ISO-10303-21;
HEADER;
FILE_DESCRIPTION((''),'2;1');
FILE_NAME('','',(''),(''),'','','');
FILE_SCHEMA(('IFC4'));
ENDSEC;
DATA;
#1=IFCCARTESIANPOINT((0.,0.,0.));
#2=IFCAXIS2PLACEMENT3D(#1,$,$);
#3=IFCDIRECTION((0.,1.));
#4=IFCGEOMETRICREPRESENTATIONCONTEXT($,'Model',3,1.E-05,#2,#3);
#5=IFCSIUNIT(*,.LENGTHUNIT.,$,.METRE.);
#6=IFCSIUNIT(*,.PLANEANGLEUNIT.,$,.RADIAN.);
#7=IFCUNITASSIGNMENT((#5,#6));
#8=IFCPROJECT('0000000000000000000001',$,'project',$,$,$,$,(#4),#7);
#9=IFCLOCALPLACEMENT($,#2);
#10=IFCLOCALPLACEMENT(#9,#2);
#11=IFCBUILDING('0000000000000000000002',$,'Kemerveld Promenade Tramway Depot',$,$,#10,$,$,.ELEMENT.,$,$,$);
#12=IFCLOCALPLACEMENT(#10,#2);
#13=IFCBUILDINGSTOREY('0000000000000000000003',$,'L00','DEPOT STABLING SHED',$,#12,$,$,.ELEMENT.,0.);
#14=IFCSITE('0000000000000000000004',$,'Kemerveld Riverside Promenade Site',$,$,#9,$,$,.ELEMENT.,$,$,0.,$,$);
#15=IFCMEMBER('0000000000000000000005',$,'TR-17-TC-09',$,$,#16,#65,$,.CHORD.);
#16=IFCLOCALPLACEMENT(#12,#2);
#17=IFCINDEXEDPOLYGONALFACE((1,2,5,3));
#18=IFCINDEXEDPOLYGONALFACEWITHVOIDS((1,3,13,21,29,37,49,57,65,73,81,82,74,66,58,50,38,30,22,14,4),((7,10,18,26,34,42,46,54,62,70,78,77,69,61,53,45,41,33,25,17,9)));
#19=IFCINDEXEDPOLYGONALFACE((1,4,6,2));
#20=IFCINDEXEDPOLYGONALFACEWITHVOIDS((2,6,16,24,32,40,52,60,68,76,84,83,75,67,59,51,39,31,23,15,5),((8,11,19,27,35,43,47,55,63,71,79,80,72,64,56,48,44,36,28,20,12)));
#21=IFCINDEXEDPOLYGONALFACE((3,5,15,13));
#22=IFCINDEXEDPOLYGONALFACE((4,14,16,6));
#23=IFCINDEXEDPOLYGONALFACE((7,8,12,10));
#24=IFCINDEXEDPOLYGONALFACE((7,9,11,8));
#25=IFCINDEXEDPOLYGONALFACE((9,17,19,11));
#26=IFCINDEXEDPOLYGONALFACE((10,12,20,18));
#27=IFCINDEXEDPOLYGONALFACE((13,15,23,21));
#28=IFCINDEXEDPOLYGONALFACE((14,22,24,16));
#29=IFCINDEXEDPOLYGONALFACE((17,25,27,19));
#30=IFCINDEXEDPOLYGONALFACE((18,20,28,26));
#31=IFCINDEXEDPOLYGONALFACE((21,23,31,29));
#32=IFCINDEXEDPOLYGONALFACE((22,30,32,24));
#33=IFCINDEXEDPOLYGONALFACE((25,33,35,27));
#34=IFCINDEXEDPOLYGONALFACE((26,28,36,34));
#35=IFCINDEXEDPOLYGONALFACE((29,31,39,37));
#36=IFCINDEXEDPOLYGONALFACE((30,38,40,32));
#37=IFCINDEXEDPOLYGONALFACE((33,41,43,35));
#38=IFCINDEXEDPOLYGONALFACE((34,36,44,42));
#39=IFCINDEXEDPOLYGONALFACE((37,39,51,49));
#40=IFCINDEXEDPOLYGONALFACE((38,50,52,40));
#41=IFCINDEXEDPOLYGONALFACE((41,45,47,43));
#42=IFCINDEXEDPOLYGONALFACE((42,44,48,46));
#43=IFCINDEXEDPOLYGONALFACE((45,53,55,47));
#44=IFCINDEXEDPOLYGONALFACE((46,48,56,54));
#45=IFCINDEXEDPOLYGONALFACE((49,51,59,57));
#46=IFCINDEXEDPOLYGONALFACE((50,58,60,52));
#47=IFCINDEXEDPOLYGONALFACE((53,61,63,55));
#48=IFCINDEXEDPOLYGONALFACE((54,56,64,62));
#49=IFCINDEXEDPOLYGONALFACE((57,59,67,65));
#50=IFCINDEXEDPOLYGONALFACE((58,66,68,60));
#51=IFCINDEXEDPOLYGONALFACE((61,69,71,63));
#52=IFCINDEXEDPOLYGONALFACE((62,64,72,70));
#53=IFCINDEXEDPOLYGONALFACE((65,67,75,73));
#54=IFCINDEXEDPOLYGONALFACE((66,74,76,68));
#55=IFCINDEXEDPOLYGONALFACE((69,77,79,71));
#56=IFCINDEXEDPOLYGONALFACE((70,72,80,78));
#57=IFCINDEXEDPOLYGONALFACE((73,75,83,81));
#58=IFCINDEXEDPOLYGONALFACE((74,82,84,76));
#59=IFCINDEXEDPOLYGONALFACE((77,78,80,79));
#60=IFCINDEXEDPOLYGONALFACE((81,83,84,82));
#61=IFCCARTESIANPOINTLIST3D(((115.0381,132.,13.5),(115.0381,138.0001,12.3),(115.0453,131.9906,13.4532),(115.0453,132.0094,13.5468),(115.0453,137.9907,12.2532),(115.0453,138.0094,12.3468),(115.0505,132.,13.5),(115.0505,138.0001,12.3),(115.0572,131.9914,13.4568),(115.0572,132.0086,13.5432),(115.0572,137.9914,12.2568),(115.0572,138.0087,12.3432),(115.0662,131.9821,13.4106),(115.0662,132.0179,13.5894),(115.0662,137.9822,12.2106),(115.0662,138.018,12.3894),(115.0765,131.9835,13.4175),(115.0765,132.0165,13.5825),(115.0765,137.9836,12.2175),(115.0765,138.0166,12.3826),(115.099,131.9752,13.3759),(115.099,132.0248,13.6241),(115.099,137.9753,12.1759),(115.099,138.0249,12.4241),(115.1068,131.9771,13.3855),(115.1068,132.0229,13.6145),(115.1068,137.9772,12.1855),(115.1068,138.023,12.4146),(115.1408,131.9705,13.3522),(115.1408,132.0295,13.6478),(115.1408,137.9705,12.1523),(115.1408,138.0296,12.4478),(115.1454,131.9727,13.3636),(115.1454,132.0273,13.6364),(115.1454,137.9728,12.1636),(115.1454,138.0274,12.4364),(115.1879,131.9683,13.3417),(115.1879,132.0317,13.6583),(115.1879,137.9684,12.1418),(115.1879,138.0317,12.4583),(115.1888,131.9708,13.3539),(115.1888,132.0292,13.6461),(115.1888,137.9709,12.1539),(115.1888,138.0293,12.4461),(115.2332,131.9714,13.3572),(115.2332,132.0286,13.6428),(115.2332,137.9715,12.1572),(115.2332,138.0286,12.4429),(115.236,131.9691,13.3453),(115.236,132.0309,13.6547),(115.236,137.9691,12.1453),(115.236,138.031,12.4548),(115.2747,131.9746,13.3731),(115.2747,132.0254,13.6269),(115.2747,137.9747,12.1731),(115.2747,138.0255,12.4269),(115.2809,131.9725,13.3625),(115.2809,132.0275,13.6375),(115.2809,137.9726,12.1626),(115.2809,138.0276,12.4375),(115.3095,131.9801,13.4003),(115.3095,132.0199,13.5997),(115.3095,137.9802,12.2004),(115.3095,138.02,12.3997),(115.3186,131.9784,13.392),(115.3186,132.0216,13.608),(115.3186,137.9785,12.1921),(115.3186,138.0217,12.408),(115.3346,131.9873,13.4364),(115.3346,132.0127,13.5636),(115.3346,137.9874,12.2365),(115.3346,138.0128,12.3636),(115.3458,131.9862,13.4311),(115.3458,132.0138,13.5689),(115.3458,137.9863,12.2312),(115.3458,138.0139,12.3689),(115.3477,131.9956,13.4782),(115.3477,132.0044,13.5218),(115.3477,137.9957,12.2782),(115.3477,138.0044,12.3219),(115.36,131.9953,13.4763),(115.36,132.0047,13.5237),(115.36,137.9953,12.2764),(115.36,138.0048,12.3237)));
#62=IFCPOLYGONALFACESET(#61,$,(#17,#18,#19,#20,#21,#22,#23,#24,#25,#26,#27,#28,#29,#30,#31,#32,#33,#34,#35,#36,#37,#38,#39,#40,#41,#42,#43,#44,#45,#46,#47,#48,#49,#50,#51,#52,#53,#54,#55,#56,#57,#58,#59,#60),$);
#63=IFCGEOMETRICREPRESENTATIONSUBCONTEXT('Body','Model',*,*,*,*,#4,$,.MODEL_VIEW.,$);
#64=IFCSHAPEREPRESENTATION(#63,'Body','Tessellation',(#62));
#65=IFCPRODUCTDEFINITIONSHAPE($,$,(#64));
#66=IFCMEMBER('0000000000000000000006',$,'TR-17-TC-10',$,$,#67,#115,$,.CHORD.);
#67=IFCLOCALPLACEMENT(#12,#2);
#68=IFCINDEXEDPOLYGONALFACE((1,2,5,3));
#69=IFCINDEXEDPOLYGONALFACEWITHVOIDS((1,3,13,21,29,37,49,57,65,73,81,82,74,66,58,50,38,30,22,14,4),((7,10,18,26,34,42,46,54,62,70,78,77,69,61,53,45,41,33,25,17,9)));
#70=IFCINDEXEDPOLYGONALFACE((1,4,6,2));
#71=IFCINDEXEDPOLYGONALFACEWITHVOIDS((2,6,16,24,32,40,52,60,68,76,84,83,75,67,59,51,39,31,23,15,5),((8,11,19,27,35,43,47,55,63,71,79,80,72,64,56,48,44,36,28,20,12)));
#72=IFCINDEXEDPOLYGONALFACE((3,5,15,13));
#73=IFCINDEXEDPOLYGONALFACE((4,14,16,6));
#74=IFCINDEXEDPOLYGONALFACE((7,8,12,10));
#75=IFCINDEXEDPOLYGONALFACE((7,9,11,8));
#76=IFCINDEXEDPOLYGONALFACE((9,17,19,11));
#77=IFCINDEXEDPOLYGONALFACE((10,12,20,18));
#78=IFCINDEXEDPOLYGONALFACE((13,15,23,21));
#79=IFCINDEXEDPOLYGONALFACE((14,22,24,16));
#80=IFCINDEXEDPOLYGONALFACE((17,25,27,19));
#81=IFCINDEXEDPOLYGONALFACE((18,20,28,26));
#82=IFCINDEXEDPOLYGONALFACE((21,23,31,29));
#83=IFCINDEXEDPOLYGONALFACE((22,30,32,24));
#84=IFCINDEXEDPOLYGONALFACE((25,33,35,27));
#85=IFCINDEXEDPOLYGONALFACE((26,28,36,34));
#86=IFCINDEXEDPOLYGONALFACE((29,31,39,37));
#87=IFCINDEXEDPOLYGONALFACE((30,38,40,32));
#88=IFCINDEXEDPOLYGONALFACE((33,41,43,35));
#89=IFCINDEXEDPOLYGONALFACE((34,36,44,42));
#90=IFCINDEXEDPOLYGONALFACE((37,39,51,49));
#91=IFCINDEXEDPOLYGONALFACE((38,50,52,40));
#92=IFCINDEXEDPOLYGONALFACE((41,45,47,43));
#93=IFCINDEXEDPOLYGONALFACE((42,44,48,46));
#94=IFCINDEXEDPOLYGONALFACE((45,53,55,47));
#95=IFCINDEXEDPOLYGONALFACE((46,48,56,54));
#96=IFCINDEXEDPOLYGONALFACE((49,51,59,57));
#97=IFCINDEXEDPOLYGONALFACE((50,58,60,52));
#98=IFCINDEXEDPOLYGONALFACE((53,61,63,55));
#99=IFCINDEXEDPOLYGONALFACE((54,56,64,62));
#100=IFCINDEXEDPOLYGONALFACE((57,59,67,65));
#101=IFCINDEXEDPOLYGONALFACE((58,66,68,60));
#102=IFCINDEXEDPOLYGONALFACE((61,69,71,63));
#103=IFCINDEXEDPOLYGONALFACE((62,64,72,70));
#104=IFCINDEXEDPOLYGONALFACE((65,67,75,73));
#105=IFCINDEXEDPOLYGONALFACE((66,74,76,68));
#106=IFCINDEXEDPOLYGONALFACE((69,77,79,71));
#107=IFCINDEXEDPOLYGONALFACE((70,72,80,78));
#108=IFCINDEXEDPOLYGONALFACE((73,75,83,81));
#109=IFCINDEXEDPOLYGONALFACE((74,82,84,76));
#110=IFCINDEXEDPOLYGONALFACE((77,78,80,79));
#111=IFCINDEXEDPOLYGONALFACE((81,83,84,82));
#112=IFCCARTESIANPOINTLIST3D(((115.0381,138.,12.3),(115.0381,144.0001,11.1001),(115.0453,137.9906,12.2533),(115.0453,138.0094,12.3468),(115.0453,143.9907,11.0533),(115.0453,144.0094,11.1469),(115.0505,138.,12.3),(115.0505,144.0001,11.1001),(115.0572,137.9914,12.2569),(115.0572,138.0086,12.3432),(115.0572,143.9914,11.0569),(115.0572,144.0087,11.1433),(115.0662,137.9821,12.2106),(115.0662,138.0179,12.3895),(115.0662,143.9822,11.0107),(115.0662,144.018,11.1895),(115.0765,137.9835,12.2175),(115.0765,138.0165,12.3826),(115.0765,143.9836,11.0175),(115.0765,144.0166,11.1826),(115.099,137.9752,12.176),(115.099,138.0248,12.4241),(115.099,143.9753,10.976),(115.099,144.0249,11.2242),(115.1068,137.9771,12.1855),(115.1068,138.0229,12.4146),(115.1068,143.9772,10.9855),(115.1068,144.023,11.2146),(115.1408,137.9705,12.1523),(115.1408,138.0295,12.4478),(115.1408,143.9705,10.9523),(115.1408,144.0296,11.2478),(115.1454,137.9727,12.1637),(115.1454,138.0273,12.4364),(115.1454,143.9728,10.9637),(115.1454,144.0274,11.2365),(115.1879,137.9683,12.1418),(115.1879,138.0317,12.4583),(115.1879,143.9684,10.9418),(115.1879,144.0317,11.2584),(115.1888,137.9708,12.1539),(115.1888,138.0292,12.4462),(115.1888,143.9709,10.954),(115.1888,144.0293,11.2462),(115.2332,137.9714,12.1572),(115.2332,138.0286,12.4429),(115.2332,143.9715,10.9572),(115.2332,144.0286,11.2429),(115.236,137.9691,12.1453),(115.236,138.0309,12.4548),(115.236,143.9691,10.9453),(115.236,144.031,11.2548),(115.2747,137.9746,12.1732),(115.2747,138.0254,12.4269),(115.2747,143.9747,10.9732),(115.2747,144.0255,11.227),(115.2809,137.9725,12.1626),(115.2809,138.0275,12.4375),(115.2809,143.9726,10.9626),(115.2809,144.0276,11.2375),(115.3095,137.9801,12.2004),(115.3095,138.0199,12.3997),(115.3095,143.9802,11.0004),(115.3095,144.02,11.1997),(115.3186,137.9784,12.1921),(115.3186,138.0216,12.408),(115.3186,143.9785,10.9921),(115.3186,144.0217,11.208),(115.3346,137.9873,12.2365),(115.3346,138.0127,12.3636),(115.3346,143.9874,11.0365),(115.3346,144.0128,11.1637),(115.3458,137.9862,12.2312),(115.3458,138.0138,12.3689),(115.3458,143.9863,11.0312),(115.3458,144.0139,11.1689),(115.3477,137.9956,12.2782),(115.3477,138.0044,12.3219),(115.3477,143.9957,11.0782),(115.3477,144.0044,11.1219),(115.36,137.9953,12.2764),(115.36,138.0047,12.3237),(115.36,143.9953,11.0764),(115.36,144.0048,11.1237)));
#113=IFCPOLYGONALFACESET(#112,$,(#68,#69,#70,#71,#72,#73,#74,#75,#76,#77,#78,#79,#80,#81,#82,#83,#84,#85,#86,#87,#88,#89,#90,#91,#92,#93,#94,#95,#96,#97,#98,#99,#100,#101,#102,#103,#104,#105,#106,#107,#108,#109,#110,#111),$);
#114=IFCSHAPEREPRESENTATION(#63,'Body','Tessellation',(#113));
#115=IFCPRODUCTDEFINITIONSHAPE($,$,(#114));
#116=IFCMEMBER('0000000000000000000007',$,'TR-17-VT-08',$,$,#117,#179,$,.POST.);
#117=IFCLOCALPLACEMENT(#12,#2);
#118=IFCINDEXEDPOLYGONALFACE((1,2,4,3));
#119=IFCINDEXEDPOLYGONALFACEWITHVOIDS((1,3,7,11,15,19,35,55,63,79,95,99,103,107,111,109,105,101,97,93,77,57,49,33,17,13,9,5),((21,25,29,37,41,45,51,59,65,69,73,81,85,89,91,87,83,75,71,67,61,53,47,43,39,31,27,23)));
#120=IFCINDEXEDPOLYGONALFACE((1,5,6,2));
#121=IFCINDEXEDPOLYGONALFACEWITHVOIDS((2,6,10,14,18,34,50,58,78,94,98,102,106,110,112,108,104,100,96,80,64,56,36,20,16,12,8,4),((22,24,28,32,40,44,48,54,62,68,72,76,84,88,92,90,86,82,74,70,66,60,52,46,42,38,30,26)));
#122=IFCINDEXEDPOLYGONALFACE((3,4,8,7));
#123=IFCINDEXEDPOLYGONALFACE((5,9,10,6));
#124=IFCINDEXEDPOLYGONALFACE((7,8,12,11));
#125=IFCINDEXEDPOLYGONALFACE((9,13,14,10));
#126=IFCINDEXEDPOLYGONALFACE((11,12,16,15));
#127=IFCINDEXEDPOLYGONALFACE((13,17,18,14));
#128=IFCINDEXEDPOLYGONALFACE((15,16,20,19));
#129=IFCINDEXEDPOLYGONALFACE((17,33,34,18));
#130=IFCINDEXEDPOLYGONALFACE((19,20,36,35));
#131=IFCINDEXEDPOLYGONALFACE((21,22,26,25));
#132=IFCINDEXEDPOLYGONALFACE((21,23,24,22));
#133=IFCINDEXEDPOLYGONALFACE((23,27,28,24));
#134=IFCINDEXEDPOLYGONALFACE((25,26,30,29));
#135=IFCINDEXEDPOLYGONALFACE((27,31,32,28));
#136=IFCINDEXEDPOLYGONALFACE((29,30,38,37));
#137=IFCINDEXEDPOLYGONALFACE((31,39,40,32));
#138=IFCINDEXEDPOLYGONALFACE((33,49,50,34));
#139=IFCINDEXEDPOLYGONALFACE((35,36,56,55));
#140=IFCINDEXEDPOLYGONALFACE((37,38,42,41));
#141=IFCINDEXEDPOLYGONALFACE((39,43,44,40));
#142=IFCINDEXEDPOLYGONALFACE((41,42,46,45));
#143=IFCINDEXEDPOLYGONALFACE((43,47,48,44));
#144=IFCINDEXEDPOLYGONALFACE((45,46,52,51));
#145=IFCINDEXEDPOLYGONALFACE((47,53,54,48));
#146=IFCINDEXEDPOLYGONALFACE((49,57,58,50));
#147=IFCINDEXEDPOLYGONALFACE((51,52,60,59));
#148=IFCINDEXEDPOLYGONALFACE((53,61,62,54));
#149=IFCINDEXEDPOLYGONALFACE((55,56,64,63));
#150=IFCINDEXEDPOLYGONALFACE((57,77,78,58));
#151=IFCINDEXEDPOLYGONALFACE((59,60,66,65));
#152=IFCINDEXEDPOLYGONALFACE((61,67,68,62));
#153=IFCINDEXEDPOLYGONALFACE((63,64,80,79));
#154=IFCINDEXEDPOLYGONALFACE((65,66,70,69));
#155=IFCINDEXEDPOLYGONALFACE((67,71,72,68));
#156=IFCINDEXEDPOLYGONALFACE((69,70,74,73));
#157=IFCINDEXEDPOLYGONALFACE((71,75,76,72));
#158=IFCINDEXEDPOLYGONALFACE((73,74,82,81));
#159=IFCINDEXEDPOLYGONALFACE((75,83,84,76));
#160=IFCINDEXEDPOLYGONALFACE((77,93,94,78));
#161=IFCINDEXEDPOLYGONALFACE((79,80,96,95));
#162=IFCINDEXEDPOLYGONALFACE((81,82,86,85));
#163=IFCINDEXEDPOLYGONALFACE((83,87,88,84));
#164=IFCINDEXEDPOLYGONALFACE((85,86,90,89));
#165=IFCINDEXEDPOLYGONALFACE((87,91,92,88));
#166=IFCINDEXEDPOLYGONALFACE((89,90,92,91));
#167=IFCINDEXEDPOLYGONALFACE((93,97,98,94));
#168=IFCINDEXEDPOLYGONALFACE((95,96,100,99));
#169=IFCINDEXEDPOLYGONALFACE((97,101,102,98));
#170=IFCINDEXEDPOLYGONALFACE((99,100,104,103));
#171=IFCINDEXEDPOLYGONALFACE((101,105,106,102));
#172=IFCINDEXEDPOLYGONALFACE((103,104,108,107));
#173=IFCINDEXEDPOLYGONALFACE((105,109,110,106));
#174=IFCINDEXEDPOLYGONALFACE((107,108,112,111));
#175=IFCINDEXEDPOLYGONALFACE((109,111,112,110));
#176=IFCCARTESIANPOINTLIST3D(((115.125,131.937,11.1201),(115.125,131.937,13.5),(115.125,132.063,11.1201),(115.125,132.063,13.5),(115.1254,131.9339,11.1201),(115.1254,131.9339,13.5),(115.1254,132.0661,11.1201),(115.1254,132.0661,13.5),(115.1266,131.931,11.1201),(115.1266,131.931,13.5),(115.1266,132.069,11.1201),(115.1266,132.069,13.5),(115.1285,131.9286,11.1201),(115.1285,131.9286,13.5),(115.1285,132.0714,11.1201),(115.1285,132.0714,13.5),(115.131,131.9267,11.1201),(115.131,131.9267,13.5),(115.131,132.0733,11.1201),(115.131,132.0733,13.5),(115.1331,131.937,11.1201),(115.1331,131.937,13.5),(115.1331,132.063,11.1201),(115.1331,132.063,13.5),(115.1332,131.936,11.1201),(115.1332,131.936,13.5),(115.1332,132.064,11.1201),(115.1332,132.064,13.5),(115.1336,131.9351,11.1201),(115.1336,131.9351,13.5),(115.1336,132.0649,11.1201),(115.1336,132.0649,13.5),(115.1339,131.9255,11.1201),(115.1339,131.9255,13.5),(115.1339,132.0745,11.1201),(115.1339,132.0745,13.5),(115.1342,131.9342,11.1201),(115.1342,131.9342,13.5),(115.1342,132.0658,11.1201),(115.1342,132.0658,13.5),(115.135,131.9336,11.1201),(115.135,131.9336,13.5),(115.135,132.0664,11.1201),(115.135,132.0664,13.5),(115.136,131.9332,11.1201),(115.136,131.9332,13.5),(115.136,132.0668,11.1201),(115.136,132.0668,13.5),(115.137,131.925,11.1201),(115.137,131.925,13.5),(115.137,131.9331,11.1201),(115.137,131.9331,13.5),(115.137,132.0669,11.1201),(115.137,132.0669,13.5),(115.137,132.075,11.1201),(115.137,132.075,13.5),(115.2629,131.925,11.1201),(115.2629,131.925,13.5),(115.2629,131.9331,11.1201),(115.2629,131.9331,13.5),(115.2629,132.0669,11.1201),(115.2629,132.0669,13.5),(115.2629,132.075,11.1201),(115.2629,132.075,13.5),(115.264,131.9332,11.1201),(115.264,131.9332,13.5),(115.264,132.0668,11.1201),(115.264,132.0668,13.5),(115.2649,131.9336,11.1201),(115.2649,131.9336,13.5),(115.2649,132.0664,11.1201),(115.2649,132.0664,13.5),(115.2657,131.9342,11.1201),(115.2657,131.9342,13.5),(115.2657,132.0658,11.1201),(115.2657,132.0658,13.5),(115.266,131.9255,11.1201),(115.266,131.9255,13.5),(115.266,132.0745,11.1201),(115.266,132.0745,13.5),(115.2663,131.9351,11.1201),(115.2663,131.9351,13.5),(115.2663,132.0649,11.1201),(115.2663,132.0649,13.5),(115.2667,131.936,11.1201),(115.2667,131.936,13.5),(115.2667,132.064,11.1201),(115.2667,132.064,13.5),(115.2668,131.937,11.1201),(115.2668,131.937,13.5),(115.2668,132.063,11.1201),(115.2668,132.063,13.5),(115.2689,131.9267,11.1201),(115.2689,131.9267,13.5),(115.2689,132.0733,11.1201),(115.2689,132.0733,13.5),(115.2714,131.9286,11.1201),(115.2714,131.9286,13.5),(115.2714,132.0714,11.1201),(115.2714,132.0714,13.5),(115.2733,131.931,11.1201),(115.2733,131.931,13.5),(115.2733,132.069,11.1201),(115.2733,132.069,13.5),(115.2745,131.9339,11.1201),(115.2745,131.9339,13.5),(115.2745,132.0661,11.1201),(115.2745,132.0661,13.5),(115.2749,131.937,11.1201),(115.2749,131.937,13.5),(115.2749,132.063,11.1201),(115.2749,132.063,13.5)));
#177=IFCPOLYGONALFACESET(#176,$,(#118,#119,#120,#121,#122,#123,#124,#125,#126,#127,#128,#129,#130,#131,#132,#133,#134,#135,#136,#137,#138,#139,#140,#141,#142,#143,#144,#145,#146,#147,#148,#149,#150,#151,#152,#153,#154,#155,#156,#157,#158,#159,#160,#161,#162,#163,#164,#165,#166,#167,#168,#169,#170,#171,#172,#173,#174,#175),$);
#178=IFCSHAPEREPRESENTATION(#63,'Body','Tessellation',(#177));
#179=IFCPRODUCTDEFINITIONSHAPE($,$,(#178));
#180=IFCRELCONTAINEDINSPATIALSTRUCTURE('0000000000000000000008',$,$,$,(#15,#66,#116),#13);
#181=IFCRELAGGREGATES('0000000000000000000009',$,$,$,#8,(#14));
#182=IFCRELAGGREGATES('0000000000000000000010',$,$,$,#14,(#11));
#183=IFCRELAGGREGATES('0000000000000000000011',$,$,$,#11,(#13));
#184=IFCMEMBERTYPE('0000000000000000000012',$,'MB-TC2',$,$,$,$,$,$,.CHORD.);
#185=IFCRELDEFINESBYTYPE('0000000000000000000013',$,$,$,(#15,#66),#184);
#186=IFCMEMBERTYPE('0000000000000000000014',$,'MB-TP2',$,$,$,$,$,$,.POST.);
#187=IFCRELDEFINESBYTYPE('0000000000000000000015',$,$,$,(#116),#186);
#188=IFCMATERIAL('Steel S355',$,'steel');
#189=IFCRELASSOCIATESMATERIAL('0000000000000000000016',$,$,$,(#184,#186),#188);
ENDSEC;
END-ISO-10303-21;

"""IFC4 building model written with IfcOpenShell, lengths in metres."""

from ifc_helpers import new_model, si_unit, direction, frame, origin, origin_2d, place, context, subcontext, project, spatial, hollow_rectangle, hollow_circle, extrude, material, material_profile, profile_set, type_object, element, save


model = new_model("IFC4")

# Units and contexts
model_context = context("Model", 3, precision=1e-05, world=origin(), true_north=direction((0.0, 1.0)))
body_context = subcontext(model_context, "Body", "Model", "MODEL_VIEW")
ifc_project = project(units=[si_unit("LENGTHUNIT", "METRE"), si_unit("PLANEANGLEUNIT", "RADIAN")], contexts=[model_context])

# Site, building, storey
site_placement = place(None, origin())
site = spatial("IfcSite", under=ifc_project, at=site_placement, Name="Kemerveld Riverside Promenade Site", CompositionType="ELEMENT", RefElevation=0.0)
building_placement = place(site_placement, origin())
building = spatial("IfcBuilding", under=site, at=building_placement, Name="Kemerveld Promenade Tramway Depot", CompositionType="ELEMENT")
storey_placement = place(building_placement, origin())
storey = spatial("IfcBuildingStorey", under=building, at=storey_placement, Name="L00", Description="DEPOT STABLING SHED", CompositionType="ELEMENT", Elevation=0.0)

# Shared definitions
ifc_material_1 = material(Name="Steel S355", Category="steel")

# Members
ifc_material_profile_1 = material_profile(ifc_material_1, hollow_circle(Radius=0.1619, WallThickness=0.0125, at=origin_2d()), Name="323.9x12.5 CHS")
ifc_profile_set_1 = profile_set([ifc_material_profile_1], Name="Steel S355")
member_type_1 = type_object("IfcMemberType", Name="MB-TC2", PredefinedType="CHORD", material=ifc_profile_set_1)
for number, where, z_axis, x_axis, name in (
    (1, (115.2, 132.0, 13.5), (0.0, 0.980582, -0.196108), (-1.0, 0.0, 0.0), "TR-17-TC-09"),
    (2, (115.2, 138.0, 12.3), (0.0, 0.980582, -0.196108), (-1.0, 0.0, 0.0), "TR-17-TC-10"),
):
    element("IfcMember", number, at=place(storey_placement, frame(where, z_axis=z_axis, x_axis=x_axis)), inside=storey, type_object=member_type_1, Name=name, PredefinedType="CHORD", context=body_context, shape_type="SweptSolid", body=[
        extrude(hollow_circle(Radius=0.1619, WallThickness=0.0125, at=origin_2d()), origin(), (0.0, 0.0, 1.0), 6.1189),
    ])
ifc_material_profile_2 = material_profile(ifc_material_1, hollow_rectangle(XDim=0.1499, YDim=0.1499, WallThickness=0.0081, InnerFilletRadius=0.0039, OuterFilletRadius=0.012, at=origin_2d()), Name="150x150x8.0 SHS")
ifc_profile_set_2 = profile_set([ifc_material_profile_2], Name="Steel S355")
member_type_2 = type_object("IfcMemberType", Name="MB-TP2", PredefinedType="POST", material=ifc_profile_set_2)
member_1_placement = place(storey_placement, frame((115.2, 132.0, 11.1201), z_axis=(0.0, 0.0, 1.0), x_axis=(1.0, 0.0, 0.0)))
element("IfcMember", 3, at=member_1_placement, inside=storey, type_object=member_type_2, Name="TR-17-VT-08", PredefinedType="POST", context=body_context, shape_type="SweptSolid", body=[
    extrude(hollow_rectangle(XDim=0.1499, YDim=0.1499, WallThickness=0.0081, InnerFilletRadius=0.0039, OuterFilletRadius=0.012, at=origin_2d()), origin(), (0.0, 0.0, 1.0), 2.3799),
])

save(model, "model.ifc")
